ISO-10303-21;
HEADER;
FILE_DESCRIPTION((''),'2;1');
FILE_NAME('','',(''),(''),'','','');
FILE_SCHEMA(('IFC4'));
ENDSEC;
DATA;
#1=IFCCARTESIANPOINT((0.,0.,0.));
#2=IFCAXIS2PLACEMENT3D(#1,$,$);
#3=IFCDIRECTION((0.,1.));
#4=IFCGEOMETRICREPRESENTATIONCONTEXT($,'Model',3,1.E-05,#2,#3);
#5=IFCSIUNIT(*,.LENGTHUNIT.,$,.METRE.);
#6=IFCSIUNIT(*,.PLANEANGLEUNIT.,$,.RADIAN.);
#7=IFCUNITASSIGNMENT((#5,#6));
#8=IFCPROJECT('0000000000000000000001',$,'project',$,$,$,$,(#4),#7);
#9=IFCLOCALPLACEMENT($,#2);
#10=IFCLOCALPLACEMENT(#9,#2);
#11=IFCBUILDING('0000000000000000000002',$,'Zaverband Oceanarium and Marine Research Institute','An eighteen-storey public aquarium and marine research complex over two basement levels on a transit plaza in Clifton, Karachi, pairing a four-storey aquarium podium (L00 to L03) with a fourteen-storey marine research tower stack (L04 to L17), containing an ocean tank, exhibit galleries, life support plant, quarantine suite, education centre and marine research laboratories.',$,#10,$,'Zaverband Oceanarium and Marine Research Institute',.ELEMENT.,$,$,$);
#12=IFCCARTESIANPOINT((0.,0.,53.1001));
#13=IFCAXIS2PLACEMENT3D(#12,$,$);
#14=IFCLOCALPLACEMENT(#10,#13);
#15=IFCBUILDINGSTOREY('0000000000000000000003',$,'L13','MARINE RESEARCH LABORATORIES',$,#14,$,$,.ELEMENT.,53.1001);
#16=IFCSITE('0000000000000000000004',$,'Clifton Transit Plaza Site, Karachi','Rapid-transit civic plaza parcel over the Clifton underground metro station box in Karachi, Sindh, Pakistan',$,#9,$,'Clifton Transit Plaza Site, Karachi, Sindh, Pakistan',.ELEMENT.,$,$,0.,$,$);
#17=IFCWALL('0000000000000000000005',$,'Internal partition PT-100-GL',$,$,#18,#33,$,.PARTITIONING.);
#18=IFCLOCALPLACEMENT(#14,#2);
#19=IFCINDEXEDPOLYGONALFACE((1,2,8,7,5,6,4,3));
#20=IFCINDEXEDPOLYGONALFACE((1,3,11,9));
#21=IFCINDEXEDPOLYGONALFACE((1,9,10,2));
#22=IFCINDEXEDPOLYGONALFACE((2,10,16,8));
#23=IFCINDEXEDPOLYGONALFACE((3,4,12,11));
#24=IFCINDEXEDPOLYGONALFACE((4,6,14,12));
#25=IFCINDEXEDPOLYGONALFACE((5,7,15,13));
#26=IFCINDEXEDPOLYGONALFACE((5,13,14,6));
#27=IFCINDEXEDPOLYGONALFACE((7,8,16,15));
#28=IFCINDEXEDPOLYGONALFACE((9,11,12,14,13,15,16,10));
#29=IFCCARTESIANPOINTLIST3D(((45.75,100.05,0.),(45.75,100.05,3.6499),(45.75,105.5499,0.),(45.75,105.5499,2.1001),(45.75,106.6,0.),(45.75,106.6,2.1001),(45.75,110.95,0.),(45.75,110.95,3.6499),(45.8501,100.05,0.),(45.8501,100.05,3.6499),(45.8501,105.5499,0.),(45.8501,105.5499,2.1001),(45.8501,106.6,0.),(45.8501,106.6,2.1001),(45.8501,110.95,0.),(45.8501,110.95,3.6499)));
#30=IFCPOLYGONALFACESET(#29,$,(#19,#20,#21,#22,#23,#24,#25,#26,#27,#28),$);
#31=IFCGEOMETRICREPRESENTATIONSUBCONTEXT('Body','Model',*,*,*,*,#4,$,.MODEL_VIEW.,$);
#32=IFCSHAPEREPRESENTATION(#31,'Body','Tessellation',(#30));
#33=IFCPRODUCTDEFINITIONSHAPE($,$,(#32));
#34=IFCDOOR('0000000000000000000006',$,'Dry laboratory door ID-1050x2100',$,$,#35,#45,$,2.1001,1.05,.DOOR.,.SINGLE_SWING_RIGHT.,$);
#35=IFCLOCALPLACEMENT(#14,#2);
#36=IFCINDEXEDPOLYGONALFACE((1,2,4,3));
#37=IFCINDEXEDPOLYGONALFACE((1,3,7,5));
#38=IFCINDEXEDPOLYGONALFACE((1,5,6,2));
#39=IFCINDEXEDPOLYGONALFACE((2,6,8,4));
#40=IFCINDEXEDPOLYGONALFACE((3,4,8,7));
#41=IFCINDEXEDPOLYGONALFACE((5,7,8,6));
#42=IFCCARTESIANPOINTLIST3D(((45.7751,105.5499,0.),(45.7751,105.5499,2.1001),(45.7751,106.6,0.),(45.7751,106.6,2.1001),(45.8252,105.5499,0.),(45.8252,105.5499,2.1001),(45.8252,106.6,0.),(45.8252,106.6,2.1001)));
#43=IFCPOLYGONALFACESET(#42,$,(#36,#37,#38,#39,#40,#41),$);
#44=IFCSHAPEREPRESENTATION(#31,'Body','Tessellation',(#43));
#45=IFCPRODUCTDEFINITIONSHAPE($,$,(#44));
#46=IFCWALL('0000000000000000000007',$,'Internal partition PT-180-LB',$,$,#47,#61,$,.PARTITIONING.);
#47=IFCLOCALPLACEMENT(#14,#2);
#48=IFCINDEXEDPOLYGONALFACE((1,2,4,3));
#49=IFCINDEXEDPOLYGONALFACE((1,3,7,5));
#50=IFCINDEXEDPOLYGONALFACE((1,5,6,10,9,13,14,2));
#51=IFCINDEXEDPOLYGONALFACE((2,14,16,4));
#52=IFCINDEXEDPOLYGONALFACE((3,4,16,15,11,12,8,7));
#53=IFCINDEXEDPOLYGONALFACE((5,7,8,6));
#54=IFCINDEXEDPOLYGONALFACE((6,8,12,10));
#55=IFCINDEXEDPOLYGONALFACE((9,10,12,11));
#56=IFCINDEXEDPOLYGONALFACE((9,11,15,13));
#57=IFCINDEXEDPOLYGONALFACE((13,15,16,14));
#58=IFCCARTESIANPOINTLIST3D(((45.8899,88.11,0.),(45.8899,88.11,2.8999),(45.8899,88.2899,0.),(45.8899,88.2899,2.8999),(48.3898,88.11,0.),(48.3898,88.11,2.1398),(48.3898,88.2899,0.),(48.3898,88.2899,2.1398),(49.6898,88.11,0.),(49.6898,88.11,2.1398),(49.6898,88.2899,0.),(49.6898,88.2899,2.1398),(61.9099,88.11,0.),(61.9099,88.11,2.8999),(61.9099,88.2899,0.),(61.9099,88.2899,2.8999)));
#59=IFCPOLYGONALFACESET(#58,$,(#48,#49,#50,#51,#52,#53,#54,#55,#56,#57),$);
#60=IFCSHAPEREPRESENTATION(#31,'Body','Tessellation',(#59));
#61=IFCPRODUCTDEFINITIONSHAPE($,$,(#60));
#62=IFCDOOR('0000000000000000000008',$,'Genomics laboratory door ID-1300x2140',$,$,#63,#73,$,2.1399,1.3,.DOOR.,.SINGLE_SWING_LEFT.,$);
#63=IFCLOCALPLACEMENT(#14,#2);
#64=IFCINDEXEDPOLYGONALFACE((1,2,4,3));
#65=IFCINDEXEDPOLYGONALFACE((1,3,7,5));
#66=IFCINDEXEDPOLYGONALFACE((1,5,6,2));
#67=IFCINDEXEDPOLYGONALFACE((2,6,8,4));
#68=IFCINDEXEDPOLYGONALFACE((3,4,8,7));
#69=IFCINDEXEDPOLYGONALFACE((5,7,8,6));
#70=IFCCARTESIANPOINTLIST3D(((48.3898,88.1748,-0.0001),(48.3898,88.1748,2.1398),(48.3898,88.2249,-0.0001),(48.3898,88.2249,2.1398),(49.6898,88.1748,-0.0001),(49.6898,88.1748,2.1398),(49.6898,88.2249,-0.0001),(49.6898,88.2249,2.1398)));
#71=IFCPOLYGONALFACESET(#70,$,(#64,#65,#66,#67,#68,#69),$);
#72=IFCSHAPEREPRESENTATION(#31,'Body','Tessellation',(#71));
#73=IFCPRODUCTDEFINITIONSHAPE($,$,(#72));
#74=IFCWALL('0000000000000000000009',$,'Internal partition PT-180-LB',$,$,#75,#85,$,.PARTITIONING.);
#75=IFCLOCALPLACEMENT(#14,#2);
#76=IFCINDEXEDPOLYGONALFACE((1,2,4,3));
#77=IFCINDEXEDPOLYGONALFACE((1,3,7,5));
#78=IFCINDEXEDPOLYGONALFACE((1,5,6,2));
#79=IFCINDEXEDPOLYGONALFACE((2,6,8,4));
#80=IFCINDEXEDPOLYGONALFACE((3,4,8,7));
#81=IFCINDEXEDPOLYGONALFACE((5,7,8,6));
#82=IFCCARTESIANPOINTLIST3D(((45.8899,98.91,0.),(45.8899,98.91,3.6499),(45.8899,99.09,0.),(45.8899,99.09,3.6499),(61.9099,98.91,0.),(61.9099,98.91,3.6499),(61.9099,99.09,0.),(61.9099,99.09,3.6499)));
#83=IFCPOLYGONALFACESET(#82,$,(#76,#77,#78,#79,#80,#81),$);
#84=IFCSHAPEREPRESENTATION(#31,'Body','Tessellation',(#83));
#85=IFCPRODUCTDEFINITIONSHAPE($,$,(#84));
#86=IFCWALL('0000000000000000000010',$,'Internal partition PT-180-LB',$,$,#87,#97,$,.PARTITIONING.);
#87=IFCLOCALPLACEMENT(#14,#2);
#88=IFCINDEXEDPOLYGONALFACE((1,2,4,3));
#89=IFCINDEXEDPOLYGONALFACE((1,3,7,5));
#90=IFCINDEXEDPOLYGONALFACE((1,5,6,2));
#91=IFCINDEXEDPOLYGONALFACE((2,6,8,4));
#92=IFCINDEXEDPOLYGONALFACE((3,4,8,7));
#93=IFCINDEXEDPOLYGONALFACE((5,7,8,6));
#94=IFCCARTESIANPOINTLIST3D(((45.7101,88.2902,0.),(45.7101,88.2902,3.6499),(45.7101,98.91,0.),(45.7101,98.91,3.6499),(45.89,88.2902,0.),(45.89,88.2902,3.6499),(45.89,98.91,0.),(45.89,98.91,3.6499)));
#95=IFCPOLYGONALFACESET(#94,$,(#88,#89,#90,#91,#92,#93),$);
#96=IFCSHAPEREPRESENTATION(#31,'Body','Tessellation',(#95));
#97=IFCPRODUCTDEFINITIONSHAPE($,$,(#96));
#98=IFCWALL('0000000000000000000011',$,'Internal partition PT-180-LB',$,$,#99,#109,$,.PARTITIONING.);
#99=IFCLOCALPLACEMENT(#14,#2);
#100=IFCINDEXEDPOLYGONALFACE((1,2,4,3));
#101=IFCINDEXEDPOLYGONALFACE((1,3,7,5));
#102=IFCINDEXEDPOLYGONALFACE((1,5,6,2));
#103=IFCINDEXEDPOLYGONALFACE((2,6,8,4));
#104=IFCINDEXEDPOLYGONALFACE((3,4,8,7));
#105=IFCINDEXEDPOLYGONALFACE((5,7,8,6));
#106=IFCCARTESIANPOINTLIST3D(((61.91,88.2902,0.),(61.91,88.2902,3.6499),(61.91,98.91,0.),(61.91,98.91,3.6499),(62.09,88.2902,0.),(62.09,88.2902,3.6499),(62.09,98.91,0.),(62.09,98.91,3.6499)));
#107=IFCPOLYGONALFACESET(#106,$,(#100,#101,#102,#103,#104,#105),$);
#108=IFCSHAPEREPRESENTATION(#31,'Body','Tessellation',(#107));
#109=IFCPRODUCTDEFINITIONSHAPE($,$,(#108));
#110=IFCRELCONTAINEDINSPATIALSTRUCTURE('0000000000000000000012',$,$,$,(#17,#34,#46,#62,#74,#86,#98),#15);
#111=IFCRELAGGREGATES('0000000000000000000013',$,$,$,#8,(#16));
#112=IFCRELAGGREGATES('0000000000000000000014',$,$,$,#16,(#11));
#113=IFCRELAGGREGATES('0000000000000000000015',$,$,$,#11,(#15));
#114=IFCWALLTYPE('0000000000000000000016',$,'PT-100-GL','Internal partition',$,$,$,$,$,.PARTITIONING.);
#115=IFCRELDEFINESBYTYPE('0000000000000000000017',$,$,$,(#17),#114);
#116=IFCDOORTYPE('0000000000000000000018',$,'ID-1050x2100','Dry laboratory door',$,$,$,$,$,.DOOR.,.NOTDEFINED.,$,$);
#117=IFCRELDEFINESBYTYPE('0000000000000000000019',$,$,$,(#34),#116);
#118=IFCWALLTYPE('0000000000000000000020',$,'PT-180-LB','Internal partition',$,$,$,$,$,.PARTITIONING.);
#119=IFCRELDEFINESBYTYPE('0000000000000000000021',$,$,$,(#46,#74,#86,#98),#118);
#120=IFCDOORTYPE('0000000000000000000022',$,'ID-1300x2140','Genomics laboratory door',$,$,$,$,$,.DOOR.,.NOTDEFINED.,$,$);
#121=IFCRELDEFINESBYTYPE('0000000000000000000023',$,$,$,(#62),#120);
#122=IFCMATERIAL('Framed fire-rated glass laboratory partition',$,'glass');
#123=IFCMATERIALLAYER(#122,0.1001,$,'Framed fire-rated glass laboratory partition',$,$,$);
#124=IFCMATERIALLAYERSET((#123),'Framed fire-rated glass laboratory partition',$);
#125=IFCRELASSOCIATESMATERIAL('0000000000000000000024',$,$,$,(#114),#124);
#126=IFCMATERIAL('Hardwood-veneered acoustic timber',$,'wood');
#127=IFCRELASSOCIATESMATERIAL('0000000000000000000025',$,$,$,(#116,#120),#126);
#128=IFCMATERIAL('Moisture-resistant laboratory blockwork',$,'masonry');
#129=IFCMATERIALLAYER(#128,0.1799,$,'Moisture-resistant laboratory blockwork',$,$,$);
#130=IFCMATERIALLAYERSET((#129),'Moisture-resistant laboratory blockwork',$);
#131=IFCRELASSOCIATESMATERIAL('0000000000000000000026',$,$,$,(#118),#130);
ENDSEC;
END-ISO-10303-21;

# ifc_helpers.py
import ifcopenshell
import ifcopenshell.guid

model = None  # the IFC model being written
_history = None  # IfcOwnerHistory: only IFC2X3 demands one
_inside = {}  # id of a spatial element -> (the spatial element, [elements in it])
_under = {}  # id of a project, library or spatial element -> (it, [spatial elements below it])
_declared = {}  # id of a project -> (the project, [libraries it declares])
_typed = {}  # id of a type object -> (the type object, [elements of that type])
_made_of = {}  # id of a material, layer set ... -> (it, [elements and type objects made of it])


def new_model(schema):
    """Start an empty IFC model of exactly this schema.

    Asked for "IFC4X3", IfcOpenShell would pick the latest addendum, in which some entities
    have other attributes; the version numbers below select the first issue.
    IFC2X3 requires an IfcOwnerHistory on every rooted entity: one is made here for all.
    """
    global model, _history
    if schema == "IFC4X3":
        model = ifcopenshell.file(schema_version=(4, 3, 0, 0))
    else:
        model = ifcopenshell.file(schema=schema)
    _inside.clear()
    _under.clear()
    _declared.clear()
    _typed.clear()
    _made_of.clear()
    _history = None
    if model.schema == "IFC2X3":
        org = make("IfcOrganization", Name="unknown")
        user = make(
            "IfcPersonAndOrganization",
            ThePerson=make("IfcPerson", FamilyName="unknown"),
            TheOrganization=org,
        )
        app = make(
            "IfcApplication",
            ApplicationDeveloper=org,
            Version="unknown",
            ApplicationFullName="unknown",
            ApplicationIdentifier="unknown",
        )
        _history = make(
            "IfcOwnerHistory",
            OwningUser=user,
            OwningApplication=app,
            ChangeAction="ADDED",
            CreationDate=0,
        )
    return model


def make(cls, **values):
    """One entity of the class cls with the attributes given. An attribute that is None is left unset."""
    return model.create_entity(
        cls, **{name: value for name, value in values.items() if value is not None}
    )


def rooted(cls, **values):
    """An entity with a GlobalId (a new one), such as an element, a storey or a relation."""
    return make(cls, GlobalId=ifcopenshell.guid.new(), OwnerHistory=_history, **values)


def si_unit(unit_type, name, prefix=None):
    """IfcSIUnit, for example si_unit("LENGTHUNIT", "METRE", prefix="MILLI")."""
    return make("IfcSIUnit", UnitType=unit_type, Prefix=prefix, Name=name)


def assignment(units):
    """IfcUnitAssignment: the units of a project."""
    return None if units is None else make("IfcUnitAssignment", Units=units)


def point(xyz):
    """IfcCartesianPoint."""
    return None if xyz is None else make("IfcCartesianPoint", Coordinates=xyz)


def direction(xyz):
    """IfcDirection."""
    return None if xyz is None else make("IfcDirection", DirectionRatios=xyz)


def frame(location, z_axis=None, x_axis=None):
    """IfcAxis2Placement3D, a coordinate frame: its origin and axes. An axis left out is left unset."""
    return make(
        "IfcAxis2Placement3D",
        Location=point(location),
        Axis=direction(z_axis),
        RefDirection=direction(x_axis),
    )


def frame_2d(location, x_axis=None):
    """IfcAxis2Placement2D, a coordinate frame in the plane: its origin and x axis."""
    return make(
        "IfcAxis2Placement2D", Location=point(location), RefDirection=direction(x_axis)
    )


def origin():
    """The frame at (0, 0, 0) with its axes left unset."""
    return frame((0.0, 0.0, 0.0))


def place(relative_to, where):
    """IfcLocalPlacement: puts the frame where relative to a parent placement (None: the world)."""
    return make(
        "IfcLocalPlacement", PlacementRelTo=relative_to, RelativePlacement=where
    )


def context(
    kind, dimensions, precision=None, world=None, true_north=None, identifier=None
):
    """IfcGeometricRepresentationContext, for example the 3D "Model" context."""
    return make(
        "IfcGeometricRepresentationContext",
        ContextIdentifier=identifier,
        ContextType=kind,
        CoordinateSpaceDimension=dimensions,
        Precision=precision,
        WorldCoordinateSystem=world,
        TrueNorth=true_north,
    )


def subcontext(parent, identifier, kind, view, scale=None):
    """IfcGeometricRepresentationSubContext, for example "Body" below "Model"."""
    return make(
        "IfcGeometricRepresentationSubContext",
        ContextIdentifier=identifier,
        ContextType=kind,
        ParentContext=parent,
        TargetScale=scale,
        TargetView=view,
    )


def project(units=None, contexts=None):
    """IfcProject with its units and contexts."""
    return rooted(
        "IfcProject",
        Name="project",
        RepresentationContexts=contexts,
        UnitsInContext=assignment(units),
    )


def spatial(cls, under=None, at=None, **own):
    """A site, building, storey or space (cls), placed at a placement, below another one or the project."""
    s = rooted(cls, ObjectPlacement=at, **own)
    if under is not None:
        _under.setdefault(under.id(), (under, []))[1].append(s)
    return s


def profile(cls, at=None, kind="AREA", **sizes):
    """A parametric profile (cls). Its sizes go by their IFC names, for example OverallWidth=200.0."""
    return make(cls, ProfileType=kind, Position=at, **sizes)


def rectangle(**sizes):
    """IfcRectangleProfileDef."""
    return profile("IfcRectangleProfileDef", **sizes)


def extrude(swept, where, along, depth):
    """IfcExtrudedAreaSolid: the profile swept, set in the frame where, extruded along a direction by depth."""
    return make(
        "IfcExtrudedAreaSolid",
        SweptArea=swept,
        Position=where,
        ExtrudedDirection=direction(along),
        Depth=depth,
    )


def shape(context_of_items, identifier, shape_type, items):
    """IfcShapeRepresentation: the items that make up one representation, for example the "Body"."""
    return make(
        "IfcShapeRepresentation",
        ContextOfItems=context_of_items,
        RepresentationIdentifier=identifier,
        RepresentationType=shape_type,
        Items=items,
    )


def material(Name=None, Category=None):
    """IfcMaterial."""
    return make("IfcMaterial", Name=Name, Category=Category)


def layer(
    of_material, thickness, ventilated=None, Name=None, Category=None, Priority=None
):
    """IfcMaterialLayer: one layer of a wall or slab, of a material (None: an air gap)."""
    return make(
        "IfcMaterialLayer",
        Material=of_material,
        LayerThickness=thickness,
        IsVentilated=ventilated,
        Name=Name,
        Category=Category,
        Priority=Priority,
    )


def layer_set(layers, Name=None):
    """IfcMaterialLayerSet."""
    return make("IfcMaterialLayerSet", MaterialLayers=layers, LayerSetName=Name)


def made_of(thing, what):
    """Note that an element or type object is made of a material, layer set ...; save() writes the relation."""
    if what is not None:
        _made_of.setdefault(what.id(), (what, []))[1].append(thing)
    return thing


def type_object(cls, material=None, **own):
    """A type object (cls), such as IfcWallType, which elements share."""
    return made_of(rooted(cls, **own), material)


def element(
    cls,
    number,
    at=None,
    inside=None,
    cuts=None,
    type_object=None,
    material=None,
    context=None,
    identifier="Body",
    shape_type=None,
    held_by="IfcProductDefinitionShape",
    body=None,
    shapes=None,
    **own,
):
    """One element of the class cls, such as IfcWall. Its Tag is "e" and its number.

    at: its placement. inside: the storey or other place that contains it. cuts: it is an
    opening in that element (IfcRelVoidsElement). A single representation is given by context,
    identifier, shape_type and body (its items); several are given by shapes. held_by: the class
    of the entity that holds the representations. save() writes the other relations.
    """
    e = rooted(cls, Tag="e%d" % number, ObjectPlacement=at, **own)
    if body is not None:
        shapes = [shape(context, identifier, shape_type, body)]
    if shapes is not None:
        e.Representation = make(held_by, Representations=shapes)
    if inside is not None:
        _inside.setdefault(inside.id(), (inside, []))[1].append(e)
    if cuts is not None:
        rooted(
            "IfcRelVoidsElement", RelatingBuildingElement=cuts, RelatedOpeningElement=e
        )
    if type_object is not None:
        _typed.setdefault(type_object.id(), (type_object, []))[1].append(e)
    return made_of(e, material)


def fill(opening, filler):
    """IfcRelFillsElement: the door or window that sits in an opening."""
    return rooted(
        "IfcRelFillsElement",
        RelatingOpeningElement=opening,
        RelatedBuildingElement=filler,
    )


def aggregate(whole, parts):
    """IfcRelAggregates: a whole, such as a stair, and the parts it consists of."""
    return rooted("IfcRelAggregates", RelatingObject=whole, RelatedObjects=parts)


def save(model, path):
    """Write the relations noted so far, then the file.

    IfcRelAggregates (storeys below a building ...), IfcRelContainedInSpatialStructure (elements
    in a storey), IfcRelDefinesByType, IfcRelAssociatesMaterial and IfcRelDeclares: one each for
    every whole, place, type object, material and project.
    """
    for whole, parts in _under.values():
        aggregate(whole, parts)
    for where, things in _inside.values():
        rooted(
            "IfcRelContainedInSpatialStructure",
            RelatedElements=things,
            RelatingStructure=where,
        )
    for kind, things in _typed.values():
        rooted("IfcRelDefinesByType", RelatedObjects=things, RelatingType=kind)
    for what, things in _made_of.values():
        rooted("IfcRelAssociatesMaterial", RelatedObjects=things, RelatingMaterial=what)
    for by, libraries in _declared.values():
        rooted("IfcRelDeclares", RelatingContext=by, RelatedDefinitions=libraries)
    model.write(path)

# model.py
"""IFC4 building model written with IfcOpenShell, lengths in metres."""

from ifc_helpers import new_model, si_unit, direction, frame, frame_2d, origin, place, context, subcontext, project, spatial, rectangle, extrude, material, layer, layer_set, type_object, element, fill, save


model = new_model("IFC4")

# Units and contexts
model_context = context("Model", 3, precision=1e-05, world=origin(), true_north=direction((0.0, 1.0)))
body_context = subcontext(model_context, "Body", "Model", "MODEL_VIEW")
ifc_project = project(units=[si_unit("LENGTHUNIT", "METRE"), si_unit("PLANEANGLEUNIT", "RADIAN")], contexts=[model_context])

# Site, building, storey
site_placement = place(None, origin())
site = spatial("IfcSite", under=ifc_project, at=site_placement, Name="Clifton Transit Plaza Site, Karachi", Description="Rapid-transit civic plaza parcel over the Clifton underground metro station box in Karachi, Sindh, Pakistan", LongName="Clifton Transit Plaza Site, Karachi, Sindh, Pakistan", CompositionType="ELEMENT", RefElevation=0.0)
building_placement = place(site_placement, origin())
building = spatial("IfcBuilding", under=site, at=building_placement, Name="Zaverband Oceanarium and Marine Research Institute", Description="An eighteen-storey public aquarium and marine research complex over two basement levels on a transit plaza in Clifton, Karachi, pairing a four-storey aquarium podium (L00 to L03) with a fourteen-storey marine research tower stack (L04 to L17), containing an ocean tank, exhibit galleries, life support plant, quarantine suite, education centre and marine research laboratories.", LongName="Zaverband Oceanarium and Marine Research Institute", CompositionType="ELEMENT")
storey_placement = place(building_placement, frame((0.0, 0.0, 53.1001)))
storey = spatial("IfcBuildingStorey", under=building, at=storey_placement, Name="L13", Description="MARINE RESEARCH LABORATORIES", CompositionType="ELEMENT", Elevation=53.1001)

# Shared definitions
ifc_material_1 = material(Name="Framed fire-rated glass laboratory partition", Category="glass")
ifc_layer_1 = layer(ifc_material_1, 0.1001, Name="Framed fire-rated glass laboratory partition")
ifc_layer_set_1 = layer_set([ifc_layer_1], Name="Framed fire-rated glass laboratory partition")
wall_type_1 = type_object("IfcWallType", Name="PT-100-GL", Description="Internal partition", PredefinedType="PARTITIONING", material=ifc_layer_set_1)

# Walls, openings, doors
wall_1_placement = place(storey_placement, frame((45.8, 100.05, 0.0), z_axis=(0.0, 0.0, 1.0), x_axis=(0.0, 1.0, 0.0)))
wall_1 = element("IfcWall", 1, at=wall_1_placement, inside=storey, type_object=wall_type_1, Name="Internal partition PT-100-GL", PredefinedType="PARTITIONING", context=body_context, shape_type="SweptSolid", body=[
    extrude(rectangle(XDim=10.8999, YDim=0.1001, at=frame_2d((5.45, 0.0))), origin(), (0.0, 0.0, 1.0), 3.6499),
])
opening_1_placement = place(wall_1_placement, frame((5.5, 0.0, 0.0)))
opening_1 = element("IfcOpeningElement", 2, at=opening_1_placement, cuts=wall_1, PredefinedType="OPENING", context=body_context, shape_type="SweptSolid", body=[
    extrude(rectangle(XDim=1.05, YDim=2.1001, at=frame_2d((0.5249, 1.05))), frame((0.0, 0.062, 0.0), z_axis=(0.0, -1.0, 0.0), x_axis=(1.0, 0.0, 0.0)), (0.0, 0.0, 1.0), 0.124),
])
ifc_material_2 = material(Name="Hardwood-veneered acoustic timber", Category="wood")
door_type_1 = type_object("IfcDoorType", Name="ID-1050x2100", Description="Dry laboratory door", OperationType="NOTDEFINED", PredefinedType="DOOR", material=ifc_material_2)
door_1_placement = place(opening_1_placement, origin())
door_1 = element("IfcDoor", 3, at=door_1_placement, inside=storey, type_object=door_type_1, Name="Dry laboratory door ID-1050x2100", OperationType="SINGLE_SWING_RIGHT", OverallHeight=2.1001, OverallWidth=1.05, PredefinedType="DOOR", context=body_context, shape_type="SweptSolid", body=[
    extrude(rectangle(XDim=1.05, YDim=2.1001, at=frame_2d((0.5249, 1.05))), frame((0.0, 0.0249, 0.0), z_axis=(0.0, -1.0, 0.0), x_axis=(1.0, 0.0, 0.0)), (0.0, 0.0, 1.0), 0.05),
])
fill(opening_1, door_1)
ifc_material_3 = material(Name="Moisture-resistant laboratory blockwork", Category="masonry")
ifc_layer_2 = layer(ifc_material_3, 0.1799, Name="Moisture-resistant laboratory blockwork")
ifc_layer_set_2 = layer_set([ifc_layer_2], Name="Moisture-resistant laboratory blockwork")
wall_type_2 = type_object("IfcWallType", Name="PT-180-LB", Description="Internal partition", PredefinedType="PARTITIONING", material=ifc_layer_set_2)
wall_2_placement = place(storey_placement, frame((45.8899, 88.2, 0.0), z_axis=(0.0, 0.0, 1.0), x_axis=(1.0, 0.0, 0.0)))
wall_2 = element("IfcWall", 4, at=wall_2_placement, inside=storey, type_object=wall_type_2, Name="Internal partition PT-180-LB", PredefinedType="PARTITIONING", context=body_context, shape_type="SweptSolid", body=[
    extrude(rectangle(XDim=16.02, YDim=0.1799, at=frame_2d((8.01, 0.0))), origin(), (0.0, 0.0, 1.0), 2.8999),
])
opening_2_placement = place(wall_2_placement, frame((2.5, 0.0, 0.0)))
opening_2 = element("IfcOpeningElement", 5, at=opening_2_placement, cuts=wall_2, PredefinedType="OPENING", context=body_context, shape_type="SweptSolid", body=[
    extrude(rectangle(XDim=1.3, YDim=2.1399, at=frame_2d((0.6499, 1.0698))), frame((0.0, 0.1021, 0.0), z_axis=(0.0, -1.0, 0.0), x_axis=(1.0, 0.0, 0.0)), (0.0, 0.0, 1.0), 0.2039),
])
door_type_2 = type_object("IfcDoorType", Name="ID-1300x2140", Description="Genomics laboratory door", OperationType="NOTDEFINED", PredefinedType="DOOR", material=ifc_material_2)
door_2_placement = place(opening_2_placement, origin())
door_2 = element("IfcDoor", 6, at=door_2_placement, inside=storey, type_object=door_type_2, Name="Genomics laboratory door ID-1300x2140", OperationType="SINGLE_SWING_LEFT", OverallHeight=2.1399, OverallWidth=1.3, PredefinedType="DOOR", context=body_context, shape_type="SweptSolid", body=[
    extrude(rectangle(XDim=1.3, YDim=2.1399, at=frame_2d((0.6499, 1.0698))), frame((0.0, 0.0249, 0.0), z_axis=(0.0, -1.0, 0.0), x_axis=(1.0, 0.0, 0.0)), (0.0, 0.0, 1.0), 0.05),
])
fill(opening_2, door_2)

# Walls
wall_3_placement = place(storey_placement, frame((45.8899, 99.0, 0.0), z_axis=(0.0, 0.0, 1.0), x_axis=(1.0, 0.0, 0.0)))
element("IfcWall", 7, at=wall_3_placement, inside=storey, type_object=wall_type_2, Name="Internal partition PT-180-LB", PredefinedType="PARTITIONING", context=body_context, shape_type="SweptSolid", body=[
    extrude(rectangle(XDim=16.02, YDim=0.1799, at=frame_2d((8.01, 0.0))), origin(), (0.0, 0.0, 1.0), 3.6499),
])
for number, where, z_axis, x_axis, name in (
    (8, (45.8, 88.29, 0.0), (0.0, 0.0, 1.0), (0.0, 1.0, 0.0), "Internal partition PT-180-LB"),
    (9, (62.0, 88.29, 0.0), (0.0, 0.0, 1.0), (0.0, 1.0, 0.0), "Internal partition PT-180-LB"),
):
    element("IfcWall", number, at=place(storey_placement, frame(where, z_axis=z_axis, x_axis=x_axis)), inside=storey, type_object=wall_type_2, Name=name, PredefinedType="PARTITIONING", context=body_context, shape_type="SweptSolid", body=[
        extrude(rectangle(XDim=10.6199, YDim=0.1799, at=frame_2d((5.3101, 0.0))), origin(), (0.0, 0.0, 1.0), 3.6499),
    ])

save(model, "model.ifc")
